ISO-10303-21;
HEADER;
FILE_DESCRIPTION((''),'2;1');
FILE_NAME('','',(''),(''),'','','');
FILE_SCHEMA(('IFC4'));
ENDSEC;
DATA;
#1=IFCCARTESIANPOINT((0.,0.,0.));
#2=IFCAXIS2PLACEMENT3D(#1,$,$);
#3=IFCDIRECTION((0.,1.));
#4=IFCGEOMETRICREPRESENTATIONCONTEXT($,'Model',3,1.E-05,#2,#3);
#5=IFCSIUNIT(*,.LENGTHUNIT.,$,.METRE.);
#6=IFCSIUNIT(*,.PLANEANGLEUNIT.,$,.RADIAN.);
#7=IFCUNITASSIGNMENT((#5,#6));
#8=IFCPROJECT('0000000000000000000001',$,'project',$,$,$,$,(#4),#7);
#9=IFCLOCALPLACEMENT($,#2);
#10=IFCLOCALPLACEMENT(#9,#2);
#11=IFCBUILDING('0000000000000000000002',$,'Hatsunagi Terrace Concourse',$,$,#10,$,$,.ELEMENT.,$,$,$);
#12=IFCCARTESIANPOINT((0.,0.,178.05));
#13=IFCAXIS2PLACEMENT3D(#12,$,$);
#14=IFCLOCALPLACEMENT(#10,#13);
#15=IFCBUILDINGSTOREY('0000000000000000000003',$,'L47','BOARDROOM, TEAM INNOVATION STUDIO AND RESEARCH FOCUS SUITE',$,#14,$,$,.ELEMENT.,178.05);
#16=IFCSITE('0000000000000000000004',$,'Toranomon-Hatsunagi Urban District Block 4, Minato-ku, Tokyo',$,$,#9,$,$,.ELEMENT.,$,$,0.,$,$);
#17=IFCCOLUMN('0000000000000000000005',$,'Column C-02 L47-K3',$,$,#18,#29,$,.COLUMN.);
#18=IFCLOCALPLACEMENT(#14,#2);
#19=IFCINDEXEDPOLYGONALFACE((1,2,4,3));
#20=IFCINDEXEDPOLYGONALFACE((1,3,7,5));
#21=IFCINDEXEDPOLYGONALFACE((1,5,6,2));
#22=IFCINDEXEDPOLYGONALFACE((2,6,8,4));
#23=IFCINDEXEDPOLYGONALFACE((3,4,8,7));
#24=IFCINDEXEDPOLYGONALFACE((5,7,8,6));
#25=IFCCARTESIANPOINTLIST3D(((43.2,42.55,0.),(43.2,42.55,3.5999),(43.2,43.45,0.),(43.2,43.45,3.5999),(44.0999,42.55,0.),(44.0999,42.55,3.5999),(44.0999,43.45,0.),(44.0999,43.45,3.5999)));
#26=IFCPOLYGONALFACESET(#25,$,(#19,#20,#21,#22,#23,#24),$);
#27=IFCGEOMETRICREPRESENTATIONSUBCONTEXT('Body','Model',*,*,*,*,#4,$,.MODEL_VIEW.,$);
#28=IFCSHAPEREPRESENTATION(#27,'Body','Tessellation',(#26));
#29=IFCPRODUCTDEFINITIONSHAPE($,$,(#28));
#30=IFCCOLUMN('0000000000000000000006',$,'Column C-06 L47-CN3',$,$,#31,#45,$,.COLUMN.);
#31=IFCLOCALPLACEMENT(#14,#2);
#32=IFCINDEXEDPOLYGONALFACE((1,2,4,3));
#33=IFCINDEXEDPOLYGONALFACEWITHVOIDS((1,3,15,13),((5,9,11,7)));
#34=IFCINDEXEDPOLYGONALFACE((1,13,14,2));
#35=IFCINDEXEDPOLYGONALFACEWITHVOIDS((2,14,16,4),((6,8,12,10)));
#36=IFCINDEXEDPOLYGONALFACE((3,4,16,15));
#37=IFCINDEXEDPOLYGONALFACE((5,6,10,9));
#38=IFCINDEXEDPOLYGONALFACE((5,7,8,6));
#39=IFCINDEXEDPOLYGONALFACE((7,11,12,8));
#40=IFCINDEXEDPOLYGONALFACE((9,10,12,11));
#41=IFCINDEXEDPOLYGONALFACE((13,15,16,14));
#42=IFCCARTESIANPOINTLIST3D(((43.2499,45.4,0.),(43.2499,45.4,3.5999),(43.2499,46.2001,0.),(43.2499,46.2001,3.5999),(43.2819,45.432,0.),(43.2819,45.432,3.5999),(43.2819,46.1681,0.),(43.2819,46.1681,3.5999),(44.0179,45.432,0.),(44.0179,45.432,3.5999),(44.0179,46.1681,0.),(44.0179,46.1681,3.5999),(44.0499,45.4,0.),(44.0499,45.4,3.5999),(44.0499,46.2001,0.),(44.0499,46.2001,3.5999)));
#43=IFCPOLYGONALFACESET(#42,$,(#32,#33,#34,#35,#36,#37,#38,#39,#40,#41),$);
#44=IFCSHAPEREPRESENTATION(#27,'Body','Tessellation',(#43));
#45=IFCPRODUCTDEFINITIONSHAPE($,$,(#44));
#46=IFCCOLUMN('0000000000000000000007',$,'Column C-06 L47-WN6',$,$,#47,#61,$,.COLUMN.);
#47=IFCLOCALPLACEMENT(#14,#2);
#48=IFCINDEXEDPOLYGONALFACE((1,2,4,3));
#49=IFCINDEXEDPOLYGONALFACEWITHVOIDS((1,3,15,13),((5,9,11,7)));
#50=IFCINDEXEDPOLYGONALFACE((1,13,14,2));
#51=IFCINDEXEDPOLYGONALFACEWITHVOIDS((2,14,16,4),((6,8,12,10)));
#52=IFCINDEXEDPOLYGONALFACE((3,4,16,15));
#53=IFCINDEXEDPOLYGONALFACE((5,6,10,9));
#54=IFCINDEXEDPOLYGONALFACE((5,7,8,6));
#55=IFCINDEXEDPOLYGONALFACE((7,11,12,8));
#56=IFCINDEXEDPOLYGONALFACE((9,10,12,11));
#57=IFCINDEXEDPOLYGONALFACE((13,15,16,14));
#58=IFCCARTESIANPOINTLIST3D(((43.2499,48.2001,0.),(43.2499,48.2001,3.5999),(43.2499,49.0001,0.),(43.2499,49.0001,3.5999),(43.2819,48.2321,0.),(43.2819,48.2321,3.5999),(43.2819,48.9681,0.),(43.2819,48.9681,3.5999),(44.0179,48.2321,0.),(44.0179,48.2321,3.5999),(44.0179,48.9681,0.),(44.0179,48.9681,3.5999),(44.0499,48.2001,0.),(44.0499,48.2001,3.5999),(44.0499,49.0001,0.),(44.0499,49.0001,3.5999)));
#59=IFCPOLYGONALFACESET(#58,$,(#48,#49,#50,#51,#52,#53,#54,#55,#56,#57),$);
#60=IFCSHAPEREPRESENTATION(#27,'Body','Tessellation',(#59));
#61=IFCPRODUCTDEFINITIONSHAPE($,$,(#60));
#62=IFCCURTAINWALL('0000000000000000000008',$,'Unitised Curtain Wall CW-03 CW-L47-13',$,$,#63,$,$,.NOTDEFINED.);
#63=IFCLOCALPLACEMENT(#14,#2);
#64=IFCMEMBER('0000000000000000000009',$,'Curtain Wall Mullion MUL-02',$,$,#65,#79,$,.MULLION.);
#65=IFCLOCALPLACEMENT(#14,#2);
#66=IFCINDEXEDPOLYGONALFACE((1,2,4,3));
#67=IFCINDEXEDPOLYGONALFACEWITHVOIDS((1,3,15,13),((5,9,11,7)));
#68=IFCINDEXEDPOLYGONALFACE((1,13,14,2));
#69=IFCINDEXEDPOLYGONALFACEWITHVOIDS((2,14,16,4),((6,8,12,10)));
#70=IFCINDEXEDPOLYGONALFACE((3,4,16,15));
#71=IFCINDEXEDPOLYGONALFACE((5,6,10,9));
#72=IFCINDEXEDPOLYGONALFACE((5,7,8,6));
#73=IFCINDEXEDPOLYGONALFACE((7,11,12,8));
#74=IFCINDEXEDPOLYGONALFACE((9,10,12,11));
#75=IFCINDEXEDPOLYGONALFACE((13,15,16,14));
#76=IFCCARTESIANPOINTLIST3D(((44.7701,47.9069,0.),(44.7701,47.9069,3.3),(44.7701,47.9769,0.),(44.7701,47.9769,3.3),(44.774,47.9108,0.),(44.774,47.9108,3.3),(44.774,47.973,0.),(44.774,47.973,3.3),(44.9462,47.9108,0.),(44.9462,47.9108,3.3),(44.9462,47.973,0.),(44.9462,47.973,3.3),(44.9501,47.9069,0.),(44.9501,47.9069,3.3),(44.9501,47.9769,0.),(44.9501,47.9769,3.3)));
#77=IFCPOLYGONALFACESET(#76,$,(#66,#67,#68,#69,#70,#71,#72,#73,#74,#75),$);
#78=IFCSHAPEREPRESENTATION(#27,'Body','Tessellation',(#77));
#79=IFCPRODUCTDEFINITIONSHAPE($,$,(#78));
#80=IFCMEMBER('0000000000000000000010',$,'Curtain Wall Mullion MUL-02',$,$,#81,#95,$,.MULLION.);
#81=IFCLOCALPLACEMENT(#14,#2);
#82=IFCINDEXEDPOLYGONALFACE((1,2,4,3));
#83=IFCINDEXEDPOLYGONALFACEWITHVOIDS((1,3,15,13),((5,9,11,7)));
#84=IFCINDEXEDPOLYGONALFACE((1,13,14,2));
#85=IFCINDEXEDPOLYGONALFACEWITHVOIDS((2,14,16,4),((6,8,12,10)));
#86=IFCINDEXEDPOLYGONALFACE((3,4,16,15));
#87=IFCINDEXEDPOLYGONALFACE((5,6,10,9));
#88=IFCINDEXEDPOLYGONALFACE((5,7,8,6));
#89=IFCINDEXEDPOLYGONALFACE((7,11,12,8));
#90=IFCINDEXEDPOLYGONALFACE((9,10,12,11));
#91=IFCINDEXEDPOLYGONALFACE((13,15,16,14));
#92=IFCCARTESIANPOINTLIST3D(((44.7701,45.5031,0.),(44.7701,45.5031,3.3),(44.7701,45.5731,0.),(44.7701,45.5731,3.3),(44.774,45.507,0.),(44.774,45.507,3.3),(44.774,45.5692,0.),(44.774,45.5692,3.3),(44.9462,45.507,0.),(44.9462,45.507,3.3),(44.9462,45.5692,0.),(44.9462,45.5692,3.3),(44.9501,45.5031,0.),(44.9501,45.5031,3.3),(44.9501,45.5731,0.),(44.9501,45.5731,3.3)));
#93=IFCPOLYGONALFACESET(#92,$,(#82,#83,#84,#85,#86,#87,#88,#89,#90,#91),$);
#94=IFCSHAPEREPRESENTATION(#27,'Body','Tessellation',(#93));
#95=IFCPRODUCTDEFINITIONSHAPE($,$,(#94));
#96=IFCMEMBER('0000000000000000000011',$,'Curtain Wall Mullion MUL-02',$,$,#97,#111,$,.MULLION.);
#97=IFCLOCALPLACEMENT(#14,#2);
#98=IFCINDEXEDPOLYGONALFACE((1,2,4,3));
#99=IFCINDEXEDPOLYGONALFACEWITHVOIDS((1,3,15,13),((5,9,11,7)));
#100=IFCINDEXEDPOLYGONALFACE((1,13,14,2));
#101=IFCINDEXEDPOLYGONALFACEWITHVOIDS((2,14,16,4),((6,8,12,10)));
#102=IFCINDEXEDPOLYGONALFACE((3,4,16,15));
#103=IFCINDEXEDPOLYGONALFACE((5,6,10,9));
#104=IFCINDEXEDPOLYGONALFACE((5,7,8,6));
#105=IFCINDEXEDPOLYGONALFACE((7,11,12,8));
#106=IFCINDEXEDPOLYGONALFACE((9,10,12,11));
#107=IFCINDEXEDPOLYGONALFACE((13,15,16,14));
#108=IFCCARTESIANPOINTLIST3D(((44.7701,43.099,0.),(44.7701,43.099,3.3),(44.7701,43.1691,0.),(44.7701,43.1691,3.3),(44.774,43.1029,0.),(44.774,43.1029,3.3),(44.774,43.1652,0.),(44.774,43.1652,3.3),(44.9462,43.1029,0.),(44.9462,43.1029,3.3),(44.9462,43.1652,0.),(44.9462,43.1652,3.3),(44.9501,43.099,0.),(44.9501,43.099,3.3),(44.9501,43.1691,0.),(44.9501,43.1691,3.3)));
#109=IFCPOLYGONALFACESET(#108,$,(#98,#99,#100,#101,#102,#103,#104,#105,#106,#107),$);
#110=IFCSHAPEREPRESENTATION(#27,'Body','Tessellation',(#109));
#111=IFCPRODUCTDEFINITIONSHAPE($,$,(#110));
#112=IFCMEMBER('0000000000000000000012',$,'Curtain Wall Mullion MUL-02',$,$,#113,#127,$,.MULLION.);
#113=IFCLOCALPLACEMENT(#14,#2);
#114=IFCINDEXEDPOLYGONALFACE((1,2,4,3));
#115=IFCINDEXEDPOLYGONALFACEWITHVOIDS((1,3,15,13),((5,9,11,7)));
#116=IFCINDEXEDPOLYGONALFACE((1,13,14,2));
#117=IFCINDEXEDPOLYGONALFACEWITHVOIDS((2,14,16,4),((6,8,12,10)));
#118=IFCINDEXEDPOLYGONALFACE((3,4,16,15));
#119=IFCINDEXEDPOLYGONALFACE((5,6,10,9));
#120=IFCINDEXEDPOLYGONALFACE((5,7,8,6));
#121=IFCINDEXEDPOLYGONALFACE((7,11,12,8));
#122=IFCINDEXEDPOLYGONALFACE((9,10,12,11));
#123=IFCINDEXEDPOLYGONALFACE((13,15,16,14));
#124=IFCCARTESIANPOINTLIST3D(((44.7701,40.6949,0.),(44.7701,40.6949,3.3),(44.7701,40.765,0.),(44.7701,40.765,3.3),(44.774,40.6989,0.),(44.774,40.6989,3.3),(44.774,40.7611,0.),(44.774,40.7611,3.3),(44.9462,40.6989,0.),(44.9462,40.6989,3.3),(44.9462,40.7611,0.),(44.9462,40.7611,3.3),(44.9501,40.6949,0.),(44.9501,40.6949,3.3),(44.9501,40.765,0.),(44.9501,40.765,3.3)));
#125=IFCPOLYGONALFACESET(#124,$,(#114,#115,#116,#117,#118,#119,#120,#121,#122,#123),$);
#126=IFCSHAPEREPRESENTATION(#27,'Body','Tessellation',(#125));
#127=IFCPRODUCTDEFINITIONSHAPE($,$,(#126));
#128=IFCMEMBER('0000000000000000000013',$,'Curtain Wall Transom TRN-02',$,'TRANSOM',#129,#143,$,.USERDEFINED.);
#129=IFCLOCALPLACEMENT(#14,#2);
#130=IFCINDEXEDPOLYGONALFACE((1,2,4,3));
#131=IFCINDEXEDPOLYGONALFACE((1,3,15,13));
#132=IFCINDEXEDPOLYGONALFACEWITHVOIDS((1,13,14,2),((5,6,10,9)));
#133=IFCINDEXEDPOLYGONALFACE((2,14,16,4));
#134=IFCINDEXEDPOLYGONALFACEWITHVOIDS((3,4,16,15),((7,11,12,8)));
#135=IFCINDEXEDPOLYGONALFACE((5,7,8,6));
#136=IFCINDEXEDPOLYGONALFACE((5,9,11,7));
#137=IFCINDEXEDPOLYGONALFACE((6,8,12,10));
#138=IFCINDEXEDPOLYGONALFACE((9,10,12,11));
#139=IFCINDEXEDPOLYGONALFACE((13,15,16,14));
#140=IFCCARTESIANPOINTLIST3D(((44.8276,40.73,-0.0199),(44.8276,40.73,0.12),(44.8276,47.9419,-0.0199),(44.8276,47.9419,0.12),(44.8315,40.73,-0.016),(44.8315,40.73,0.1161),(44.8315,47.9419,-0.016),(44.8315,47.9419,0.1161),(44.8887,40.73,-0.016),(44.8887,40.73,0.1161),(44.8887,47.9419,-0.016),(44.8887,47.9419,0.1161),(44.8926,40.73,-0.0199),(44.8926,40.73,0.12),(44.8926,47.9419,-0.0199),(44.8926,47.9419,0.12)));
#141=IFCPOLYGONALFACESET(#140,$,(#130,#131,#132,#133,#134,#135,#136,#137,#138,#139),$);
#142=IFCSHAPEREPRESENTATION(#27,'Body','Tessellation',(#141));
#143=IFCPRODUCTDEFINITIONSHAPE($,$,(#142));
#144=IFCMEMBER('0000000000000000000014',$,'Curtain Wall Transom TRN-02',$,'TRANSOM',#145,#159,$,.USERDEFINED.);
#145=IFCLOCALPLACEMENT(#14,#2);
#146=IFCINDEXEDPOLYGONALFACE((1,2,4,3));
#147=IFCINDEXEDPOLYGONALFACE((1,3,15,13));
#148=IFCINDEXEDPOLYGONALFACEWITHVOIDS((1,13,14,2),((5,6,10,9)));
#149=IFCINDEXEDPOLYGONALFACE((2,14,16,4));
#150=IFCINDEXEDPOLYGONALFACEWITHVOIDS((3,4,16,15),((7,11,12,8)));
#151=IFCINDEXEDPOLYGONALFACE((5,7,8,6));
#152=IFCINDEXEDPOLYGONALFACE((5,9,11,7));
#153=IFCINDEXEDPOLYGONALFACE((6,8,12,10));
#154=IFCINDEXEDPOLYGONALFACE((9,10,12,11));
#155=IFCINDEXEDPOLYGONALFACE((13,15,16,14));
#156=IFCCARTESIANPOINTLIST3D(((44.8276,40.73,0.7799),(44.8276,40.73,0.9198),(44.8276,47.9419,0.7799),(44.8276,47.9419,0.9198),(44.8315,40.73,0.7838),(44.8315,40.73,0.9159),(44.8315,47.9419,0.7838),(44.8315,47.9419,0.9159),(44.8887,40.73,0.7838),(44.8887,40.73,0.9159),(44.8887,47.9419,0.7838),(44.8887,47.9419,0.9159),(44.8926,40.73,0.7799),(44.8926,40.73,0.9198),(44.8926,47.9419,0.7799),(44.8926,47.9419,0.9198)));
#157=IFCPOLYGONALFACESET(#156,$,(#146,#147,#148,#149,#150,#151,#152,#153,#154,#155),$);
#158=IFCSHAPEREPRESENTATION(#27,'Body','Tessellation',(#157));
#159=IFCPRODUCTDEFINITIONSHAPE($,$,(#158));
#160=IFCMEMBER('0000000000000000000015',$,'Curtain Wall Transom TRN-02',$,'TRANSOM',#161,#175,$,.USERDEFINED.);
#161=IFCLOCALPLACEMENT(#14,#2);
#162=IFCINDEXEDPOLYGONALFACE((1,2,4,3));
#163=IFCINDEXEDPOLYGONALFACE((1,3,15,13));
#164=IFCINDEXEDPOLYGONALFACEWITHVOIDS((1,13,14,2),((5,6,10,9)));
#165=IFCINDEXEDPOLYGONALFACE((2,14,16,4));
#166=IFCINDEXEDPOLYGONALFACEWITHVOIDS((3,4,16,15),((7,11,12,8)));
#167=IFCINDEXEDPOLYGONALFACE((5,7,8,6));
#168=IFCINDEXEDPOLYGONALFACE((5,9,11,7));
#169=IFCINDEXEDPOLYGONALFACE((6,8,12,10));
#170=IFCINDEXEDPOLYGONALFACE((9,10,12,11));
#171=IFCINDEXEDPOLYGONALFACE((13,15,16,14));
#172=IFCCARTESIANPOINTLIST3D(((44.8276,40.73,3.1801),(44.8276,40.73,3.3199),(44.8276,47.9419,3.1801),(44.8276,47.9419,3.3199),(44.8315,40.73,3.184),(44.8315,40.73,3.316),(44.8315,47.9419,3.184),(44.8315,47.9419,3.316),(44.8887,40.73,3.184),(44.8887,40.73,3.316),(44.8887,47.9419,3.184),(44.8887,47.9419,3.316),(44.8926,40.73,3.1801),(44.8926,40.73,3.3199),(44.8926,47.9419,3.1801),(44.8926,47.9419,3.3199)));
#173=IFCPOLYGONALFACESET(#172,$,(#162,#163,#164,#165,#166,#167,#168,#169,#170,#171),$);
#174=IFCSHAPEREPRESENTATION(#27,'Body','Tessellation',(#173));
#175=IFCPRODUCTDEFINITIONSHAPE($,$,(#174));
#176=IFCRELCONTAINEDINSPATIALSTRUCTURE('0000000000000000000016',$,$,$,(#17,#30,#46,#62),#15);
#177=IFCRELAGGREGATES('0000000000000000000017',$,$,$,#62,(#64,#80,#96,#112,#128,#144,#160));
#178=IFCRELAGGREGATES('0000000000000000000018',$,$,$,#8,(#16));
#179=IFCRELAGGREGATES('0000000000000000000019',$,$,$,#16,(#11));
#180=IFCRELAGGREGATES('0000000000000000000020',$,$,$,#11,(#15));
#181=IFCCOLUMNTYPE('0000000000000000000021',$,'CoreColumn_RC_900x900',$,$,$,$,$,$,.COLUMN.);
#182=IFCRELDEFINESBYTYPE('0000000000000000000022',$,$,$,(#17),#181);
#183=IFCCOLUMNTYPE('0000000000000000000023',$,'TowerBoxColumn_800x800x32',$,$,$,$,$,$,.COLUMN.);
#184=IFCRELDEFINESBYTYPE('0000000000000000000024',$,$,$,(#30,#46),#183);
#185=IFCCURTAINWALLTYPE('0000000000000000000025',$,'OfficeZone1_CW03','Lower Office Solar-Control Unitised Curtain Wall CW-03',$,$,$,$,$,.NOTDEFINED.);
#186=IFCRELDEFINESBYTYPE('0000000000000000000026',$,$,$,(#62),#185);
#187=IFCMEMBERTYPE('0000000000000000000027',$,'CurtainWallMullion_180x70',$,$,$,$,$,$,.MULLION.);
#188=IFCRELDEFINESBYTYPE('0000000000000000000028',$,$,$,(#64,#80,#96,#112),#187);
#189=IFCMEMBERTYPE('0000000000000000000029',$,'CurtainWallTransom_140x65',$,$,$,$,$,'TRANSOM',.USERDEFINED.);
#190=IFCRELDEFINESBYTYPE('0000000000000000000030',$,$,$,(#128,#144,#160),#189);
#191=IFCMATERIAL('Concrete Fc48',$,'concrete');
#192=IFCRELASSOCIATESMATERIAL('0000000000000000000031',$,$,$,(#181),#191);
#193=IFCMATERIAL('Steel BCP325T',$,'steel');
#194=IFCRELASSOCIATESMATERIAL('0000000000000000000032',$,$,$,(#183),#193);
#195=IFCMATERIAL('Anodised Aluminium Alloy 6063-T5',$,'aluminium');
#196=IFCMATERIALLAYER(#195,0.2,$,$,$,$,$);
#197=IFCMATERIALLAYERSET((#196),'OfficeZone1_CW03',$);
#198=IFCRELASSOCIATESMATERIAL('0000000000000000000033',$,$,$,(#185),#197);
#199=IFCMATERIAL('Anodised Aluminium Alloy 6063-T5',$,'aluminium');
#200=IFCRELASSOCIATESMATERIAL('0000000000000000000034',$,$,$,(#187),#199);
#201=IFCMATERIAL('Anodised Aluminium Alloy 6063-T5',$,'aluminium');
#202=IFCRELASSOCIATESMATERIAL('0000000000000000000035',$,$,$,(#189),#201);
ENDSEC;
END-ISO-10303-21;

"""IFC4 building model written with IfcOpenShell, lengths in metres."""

from ifc_helpers import new_model, si_unit, direction, frame, origin, origin_2d, place, context, subcontext, project, spatial, rectangle, hollow_rectangle, extrude, material, layer, layer_set, material_profile, profile_set, type_object, element, aggregate, save


model = new_model("IFC4")

# Units and contexts
model_context = context("Model", 3, precision=1e-05, world=origin(), true_north=direction((0.0, 1.0)))
body_context = subcontext(model_context, "Body", "Model", "MODEL_VIEW")
ifc_project = project(units=[si_unit("LENGTHUNIT", "METRE"), si_unit("PLANEANGLEUNIT", "RADIAN")], contexts=[model_context])

# Site, building, storey
site_placement = place(None, origin())
site = spatial("IfcSite", under=ifc_project, at=site_placement, Name="Toranomon-Hatsunagi Urban District Block 4, Minato-ku, Tokyo", CompositionType="ELEMENT", RefElevation=0.0)
building_placement = place(site_placement, origin())
building = spatial("IfcBuilding", under=site, at=building_placement, Name="Hatsunagi Terrace Concourse", CompositionType="ELEMENT")
storey_placement = place(building_placement, frame((0.0, 0.0, 178.05)))
storey = spatial("IfcBuildingStorey", under=building, at=storey_placement, Name="L47", Description="BOARDROOM, TEAM INNOVATION STUDIO AND RESEARCH FOCUS SUITE", CompositionType="ELEMENT", Elevation=178.05)

# Columns
ifc_material_1 = material(Name="Concrete Fc48", Category="concrete")
ifc_material_profile_1 = material_profile(ifc_material_1, rectangle(XDim=0.8999, YDim=0.8999, at=origin_2d()), Name="RC-900x900")
ifc_profile_set_1 = profile_set([ifc_material_profile_1], Name="Concrete Fc48")
column_type_1 = type_object("IfcColumnType", Name="CoreColumn_RC_900x900", PredefinedType="COLUMN", material=ifc_profile_set_1)
column_placement = place(storey_placement, frame((43.6499, 43.0, 0.0), z_axis=(0.0, 0.0, 1.0), x_axis=(1.0, 0.0, 0.0)))
element("IfcColumn", 1, at=column_placement, inside=storey, type_object=column_type_1, Name="Column C-02 L47-K3", PredefinedType="COLUMN", context=body_context, shape_type="SweptSolid", body=[
    extrude(rectangle(XDim=0.8999, YDim=0.8999, at=origin_2d()), origin(), (0.0, 0.0, 1.0), 3.5999),
])
ifc_material_2 = material(Name="Steel BCP325T", Category="steel")
ifc_material_profile_2 = material_profile(ifc_material_2, hollow_rectangle(XDim=0.8, YDim=0.8, WallThickness=0.032, at=origin_2d()), Name="BCP-800x800x32")
ifc_profile_set_2 = profile_set([ifc_material_profile_2], Name="Steel BCP325T")
column_type_2 = type_object("IfcColumnType", Name="TowerBoxColumn_800x800x32", PredefinedType="COLUMN", material=ifc_profile_set_2)
for number, where, z_axis, x_axis, name in (
    (2, (43.6499, 45.8, 0.0), (0.0, 0.0, 1.0), (1.0, 0.0, 0.0), "Column C-06 L47-CN3"),
    (3, (43.6499, 48.6001, 0.0), (0.0, 0.0, 1.0), (1.0, 0.0, 0.0), "Column C-06 L47-WN6"),
):
    element("IfcColumn", number, at=place(storey_placement, frame(where, z_axis=z_axis, x_axis=x_axis)), inside=storey, type_object=column_type_2, Name=name, PredefinedType="COLUMN", context=body_context, shape_type="SweptSolid", body=[
        extrude(hollow_rectangle(XDim=0.8, YDim=0.8, WallThickness=0.032, at=origin_2d()), origin(), (0.0, 0.0, 1.0), 3.5999),
    ])

# Curtain wall, members
ifc_material_3 = material(Name="Anodised Aluminium Alloy 6063-T5", Category="aluminium")
ifc_layer_1 = layer(ifc_material_3, 0.2)
ifc_layer_set_1 = layer_set([ifc_layer_1], Name="OfficeZone1_CW03")
curtain_wall_type = type_object("IfcCurtainWallType", Name="OfficeZone1_CW03", Description="Lower Office Solar-Control Unitised Curtain Wall CW-03", PredefinedType="NOTDEFINED", material=ifc_layer_set_1)
curtain_wall_placement = place(storey_placement, origin())
curtain_wall = element("IfcCurtainWall", 4, at=curtain_wall_placement, inside=storey, type_object=curtain_wall_type, Name="Unitised Curtain Wall CW-03 CW-L47-13", PredefinedType="NOTDEFINED")
ifc_material_4 = material(Name="Anodised Aluminium Alloy 6063-T5", Category="aluminium")
ifc_material_profile_3 = material_profile(ifc_material_4, hollow_rectangle(XDim=0.0701, YDim=0.1799, WallThickness=0.0039, at=origin_2d()), Name="ALU-MUL-180x70x4")
ifc_profile_set_3 = profile_set([ifc_material_profile_3], Name="Anodised Aluminium Alloy 6063-T5")
member_type_1 = type_object("IfcMemberType", Name="CurtainWallMullion_180x70", PredefinedType="MULLION", material=ifc_profile_set_3)
member_1_placement = place(storey_placement, frame((44.8601, 47.9419, 0.0), z_axis=(0.0, 0.0, 1.0), x_axis=(0.0, -1.0, 0.0)))
member_1 = element("IfcMember", 5, at=member_1_placement, type_object=member_type_1, Name="Curtain Wall Mullion MUL-02", PredefinedType="MULLION", context=body_context, shape_type="SweptSolid", body=[
    extrude(hollow_rectangle(XDim=0.0701, YDim=0.1799, WallThickness=0.0039, at=origin_2d()), origin(), (0.0, 0.0, 1.0), 3.3),
])
member_2_placement = place(storey_placement, frame((44.8601, 45.5381, 0.0), z_axis=(0.0, 0.0, 1.0), x_axis=(0.0, -1.0, 0.0)))
member_2 = element("IfcMember", 6, at=member_2_placement, type_object=member_type_1, Name="Curtain Wall Mullion MUL-02", PredefinedType="MULLION", context=body_context, shape_type="SweptSolid", body=[
    extrude(hollow_rectangle(XDim=0.0701, YDim=0.1799, WallThickness=0.0039, at=origin_2d()), origin(), (0.0, 0.0, 1.0), 3.3),
])
member_3_placement = place(storey_placement, frame((44.8601, 43.134, 0.0), z_axis=(0.0, 0.0, 1.0), x_axis=(0.0, -1.0, 0.0)))
member_3 = element("IfcMember", 7, at=member_3_placement, type_object=member_type_1, Name="Curtain Wall Mullion MUL-02", PredefinedType="MULLION", context=body_context, shape_type="SweptSolid", body=[
    extrude(hollow_rectangle(XDim=0.0701, YDim=0.1799, WallThickness=0.0039, at=origin_2d()), origin(), (0.0, 0.0, 1.0), 3.3),
])
member_4_placement = place(storey_placement, frame((44.8601, 40.73, 0.0), z_axis=(0.0, 0.0, 1.0), x_axis=(0.0, -1.0, 0.0)))
member_4 = element("IfcMember", 8, at=member_4_placement, type_object=member_type_1, Name="Curtain Wall Mullion MUL-02", PredefinedType="MULLION", context=body_context, shape_type="SweptSolid", body=[
    extrude(hollow_rectangle(XDim=0.0701, YDim=0.1799, WallThickness=0.0039, at=origin_2d()), origin(), (0.0, 0.0, 1.0), 3.3),
])
ifc_material_5 = material(Name="Anodised Aluminium Alloy 6063-T5", Category="aluminium")
ifc_material_profile_4 = material_profile(ifc_material_5, hollow_rectangle(XDim=0.0649, YDim=0.1399, WallThickness=0.0039, at=origin_2d()), Name="ALU-TRN-140x65x4")
ifc_profile_set_4 = profile_set([ifc_material_profile_4], Name="Anodised Aluminium Alloy 6063-T5")
member_type_2 = type_object("IfcMemberType", Name="CurtainWallTransom_140x65", ElementType="TRANSOM", PredefinedType="USERDEFINED", material=ifc_profile_set_4)
member_5_placement = place(storey_placement, frame((44.8601, 47.9419, 0.05), z_axis=(0.0, -1.0, 0.0), x_axis=(1.0, 0.0, 0.0)))
member_5 = element("IfcMember", 9, at=member_5_placement, type_object=member_type_2, Name="Curtain Wall Transom TRN-02", ObjectType="TRANSOM", PredefinedType="USERDEFINED", context=body_context, shape_type="SweptSolid", body=[
    extrude(hollow_rectangle(XDim=0.0649, YDim=0.1399, WallThickness=0.0039, at=origin_2d()), origin(), (0.0, 0.0, 1.0), 7.2119),
])
member_6_placement = place(storey_placement, frame((44.8601, 47.9419, 0.8499), z_axis=(0.0, -1.0, 0.0), x_axis=(1.0, 0.0, 0.0)))
member_6 = element("IfcMember", 10, at=member_6_placement, type_object=member_type_2, Name="Curtain Wall Transom TRN-02", ObjectType="TRANSOM", PredefinedType="USERDEFINED", context=body_context, shape_type="SweptSolid", body=[
    extrude(hollow_rectangle(XDim=0.0649, YDim=0.1399, WallThickness=0.0039, at=origin_2d()), origin(), (0.0, 0.0, 1.0), 7.2119),
])
member_7_placement = place(storey_placement, frame((44.8601, 47.9419, 3.25), z_axis=(0.0, -1.0, 0.0), x_axis=(1.0, 0.0, 0.0)))
member_7 = element("IfcMember", 11, at=member_7_placement, type_object=member_type_2, Name="Curtain Wall Transom TRN-02", ObjectType="TRANSOM", PredefinedType="USERDEFINED", context=body_context, shape_type="SweptSolid", body=[
    extrude(hollow_rectangle(XDim=0.0649, YDim=0.1399, WallThickness=0.0039, at=origin_2d()), origin(), (0.0, 0.0, 1.0), 7.2119),
])

aggregate(curtain_wall, [member_1, member_2, member_3, member_4, member_5, member_6, member_7])

save(model, "model.ifc")
